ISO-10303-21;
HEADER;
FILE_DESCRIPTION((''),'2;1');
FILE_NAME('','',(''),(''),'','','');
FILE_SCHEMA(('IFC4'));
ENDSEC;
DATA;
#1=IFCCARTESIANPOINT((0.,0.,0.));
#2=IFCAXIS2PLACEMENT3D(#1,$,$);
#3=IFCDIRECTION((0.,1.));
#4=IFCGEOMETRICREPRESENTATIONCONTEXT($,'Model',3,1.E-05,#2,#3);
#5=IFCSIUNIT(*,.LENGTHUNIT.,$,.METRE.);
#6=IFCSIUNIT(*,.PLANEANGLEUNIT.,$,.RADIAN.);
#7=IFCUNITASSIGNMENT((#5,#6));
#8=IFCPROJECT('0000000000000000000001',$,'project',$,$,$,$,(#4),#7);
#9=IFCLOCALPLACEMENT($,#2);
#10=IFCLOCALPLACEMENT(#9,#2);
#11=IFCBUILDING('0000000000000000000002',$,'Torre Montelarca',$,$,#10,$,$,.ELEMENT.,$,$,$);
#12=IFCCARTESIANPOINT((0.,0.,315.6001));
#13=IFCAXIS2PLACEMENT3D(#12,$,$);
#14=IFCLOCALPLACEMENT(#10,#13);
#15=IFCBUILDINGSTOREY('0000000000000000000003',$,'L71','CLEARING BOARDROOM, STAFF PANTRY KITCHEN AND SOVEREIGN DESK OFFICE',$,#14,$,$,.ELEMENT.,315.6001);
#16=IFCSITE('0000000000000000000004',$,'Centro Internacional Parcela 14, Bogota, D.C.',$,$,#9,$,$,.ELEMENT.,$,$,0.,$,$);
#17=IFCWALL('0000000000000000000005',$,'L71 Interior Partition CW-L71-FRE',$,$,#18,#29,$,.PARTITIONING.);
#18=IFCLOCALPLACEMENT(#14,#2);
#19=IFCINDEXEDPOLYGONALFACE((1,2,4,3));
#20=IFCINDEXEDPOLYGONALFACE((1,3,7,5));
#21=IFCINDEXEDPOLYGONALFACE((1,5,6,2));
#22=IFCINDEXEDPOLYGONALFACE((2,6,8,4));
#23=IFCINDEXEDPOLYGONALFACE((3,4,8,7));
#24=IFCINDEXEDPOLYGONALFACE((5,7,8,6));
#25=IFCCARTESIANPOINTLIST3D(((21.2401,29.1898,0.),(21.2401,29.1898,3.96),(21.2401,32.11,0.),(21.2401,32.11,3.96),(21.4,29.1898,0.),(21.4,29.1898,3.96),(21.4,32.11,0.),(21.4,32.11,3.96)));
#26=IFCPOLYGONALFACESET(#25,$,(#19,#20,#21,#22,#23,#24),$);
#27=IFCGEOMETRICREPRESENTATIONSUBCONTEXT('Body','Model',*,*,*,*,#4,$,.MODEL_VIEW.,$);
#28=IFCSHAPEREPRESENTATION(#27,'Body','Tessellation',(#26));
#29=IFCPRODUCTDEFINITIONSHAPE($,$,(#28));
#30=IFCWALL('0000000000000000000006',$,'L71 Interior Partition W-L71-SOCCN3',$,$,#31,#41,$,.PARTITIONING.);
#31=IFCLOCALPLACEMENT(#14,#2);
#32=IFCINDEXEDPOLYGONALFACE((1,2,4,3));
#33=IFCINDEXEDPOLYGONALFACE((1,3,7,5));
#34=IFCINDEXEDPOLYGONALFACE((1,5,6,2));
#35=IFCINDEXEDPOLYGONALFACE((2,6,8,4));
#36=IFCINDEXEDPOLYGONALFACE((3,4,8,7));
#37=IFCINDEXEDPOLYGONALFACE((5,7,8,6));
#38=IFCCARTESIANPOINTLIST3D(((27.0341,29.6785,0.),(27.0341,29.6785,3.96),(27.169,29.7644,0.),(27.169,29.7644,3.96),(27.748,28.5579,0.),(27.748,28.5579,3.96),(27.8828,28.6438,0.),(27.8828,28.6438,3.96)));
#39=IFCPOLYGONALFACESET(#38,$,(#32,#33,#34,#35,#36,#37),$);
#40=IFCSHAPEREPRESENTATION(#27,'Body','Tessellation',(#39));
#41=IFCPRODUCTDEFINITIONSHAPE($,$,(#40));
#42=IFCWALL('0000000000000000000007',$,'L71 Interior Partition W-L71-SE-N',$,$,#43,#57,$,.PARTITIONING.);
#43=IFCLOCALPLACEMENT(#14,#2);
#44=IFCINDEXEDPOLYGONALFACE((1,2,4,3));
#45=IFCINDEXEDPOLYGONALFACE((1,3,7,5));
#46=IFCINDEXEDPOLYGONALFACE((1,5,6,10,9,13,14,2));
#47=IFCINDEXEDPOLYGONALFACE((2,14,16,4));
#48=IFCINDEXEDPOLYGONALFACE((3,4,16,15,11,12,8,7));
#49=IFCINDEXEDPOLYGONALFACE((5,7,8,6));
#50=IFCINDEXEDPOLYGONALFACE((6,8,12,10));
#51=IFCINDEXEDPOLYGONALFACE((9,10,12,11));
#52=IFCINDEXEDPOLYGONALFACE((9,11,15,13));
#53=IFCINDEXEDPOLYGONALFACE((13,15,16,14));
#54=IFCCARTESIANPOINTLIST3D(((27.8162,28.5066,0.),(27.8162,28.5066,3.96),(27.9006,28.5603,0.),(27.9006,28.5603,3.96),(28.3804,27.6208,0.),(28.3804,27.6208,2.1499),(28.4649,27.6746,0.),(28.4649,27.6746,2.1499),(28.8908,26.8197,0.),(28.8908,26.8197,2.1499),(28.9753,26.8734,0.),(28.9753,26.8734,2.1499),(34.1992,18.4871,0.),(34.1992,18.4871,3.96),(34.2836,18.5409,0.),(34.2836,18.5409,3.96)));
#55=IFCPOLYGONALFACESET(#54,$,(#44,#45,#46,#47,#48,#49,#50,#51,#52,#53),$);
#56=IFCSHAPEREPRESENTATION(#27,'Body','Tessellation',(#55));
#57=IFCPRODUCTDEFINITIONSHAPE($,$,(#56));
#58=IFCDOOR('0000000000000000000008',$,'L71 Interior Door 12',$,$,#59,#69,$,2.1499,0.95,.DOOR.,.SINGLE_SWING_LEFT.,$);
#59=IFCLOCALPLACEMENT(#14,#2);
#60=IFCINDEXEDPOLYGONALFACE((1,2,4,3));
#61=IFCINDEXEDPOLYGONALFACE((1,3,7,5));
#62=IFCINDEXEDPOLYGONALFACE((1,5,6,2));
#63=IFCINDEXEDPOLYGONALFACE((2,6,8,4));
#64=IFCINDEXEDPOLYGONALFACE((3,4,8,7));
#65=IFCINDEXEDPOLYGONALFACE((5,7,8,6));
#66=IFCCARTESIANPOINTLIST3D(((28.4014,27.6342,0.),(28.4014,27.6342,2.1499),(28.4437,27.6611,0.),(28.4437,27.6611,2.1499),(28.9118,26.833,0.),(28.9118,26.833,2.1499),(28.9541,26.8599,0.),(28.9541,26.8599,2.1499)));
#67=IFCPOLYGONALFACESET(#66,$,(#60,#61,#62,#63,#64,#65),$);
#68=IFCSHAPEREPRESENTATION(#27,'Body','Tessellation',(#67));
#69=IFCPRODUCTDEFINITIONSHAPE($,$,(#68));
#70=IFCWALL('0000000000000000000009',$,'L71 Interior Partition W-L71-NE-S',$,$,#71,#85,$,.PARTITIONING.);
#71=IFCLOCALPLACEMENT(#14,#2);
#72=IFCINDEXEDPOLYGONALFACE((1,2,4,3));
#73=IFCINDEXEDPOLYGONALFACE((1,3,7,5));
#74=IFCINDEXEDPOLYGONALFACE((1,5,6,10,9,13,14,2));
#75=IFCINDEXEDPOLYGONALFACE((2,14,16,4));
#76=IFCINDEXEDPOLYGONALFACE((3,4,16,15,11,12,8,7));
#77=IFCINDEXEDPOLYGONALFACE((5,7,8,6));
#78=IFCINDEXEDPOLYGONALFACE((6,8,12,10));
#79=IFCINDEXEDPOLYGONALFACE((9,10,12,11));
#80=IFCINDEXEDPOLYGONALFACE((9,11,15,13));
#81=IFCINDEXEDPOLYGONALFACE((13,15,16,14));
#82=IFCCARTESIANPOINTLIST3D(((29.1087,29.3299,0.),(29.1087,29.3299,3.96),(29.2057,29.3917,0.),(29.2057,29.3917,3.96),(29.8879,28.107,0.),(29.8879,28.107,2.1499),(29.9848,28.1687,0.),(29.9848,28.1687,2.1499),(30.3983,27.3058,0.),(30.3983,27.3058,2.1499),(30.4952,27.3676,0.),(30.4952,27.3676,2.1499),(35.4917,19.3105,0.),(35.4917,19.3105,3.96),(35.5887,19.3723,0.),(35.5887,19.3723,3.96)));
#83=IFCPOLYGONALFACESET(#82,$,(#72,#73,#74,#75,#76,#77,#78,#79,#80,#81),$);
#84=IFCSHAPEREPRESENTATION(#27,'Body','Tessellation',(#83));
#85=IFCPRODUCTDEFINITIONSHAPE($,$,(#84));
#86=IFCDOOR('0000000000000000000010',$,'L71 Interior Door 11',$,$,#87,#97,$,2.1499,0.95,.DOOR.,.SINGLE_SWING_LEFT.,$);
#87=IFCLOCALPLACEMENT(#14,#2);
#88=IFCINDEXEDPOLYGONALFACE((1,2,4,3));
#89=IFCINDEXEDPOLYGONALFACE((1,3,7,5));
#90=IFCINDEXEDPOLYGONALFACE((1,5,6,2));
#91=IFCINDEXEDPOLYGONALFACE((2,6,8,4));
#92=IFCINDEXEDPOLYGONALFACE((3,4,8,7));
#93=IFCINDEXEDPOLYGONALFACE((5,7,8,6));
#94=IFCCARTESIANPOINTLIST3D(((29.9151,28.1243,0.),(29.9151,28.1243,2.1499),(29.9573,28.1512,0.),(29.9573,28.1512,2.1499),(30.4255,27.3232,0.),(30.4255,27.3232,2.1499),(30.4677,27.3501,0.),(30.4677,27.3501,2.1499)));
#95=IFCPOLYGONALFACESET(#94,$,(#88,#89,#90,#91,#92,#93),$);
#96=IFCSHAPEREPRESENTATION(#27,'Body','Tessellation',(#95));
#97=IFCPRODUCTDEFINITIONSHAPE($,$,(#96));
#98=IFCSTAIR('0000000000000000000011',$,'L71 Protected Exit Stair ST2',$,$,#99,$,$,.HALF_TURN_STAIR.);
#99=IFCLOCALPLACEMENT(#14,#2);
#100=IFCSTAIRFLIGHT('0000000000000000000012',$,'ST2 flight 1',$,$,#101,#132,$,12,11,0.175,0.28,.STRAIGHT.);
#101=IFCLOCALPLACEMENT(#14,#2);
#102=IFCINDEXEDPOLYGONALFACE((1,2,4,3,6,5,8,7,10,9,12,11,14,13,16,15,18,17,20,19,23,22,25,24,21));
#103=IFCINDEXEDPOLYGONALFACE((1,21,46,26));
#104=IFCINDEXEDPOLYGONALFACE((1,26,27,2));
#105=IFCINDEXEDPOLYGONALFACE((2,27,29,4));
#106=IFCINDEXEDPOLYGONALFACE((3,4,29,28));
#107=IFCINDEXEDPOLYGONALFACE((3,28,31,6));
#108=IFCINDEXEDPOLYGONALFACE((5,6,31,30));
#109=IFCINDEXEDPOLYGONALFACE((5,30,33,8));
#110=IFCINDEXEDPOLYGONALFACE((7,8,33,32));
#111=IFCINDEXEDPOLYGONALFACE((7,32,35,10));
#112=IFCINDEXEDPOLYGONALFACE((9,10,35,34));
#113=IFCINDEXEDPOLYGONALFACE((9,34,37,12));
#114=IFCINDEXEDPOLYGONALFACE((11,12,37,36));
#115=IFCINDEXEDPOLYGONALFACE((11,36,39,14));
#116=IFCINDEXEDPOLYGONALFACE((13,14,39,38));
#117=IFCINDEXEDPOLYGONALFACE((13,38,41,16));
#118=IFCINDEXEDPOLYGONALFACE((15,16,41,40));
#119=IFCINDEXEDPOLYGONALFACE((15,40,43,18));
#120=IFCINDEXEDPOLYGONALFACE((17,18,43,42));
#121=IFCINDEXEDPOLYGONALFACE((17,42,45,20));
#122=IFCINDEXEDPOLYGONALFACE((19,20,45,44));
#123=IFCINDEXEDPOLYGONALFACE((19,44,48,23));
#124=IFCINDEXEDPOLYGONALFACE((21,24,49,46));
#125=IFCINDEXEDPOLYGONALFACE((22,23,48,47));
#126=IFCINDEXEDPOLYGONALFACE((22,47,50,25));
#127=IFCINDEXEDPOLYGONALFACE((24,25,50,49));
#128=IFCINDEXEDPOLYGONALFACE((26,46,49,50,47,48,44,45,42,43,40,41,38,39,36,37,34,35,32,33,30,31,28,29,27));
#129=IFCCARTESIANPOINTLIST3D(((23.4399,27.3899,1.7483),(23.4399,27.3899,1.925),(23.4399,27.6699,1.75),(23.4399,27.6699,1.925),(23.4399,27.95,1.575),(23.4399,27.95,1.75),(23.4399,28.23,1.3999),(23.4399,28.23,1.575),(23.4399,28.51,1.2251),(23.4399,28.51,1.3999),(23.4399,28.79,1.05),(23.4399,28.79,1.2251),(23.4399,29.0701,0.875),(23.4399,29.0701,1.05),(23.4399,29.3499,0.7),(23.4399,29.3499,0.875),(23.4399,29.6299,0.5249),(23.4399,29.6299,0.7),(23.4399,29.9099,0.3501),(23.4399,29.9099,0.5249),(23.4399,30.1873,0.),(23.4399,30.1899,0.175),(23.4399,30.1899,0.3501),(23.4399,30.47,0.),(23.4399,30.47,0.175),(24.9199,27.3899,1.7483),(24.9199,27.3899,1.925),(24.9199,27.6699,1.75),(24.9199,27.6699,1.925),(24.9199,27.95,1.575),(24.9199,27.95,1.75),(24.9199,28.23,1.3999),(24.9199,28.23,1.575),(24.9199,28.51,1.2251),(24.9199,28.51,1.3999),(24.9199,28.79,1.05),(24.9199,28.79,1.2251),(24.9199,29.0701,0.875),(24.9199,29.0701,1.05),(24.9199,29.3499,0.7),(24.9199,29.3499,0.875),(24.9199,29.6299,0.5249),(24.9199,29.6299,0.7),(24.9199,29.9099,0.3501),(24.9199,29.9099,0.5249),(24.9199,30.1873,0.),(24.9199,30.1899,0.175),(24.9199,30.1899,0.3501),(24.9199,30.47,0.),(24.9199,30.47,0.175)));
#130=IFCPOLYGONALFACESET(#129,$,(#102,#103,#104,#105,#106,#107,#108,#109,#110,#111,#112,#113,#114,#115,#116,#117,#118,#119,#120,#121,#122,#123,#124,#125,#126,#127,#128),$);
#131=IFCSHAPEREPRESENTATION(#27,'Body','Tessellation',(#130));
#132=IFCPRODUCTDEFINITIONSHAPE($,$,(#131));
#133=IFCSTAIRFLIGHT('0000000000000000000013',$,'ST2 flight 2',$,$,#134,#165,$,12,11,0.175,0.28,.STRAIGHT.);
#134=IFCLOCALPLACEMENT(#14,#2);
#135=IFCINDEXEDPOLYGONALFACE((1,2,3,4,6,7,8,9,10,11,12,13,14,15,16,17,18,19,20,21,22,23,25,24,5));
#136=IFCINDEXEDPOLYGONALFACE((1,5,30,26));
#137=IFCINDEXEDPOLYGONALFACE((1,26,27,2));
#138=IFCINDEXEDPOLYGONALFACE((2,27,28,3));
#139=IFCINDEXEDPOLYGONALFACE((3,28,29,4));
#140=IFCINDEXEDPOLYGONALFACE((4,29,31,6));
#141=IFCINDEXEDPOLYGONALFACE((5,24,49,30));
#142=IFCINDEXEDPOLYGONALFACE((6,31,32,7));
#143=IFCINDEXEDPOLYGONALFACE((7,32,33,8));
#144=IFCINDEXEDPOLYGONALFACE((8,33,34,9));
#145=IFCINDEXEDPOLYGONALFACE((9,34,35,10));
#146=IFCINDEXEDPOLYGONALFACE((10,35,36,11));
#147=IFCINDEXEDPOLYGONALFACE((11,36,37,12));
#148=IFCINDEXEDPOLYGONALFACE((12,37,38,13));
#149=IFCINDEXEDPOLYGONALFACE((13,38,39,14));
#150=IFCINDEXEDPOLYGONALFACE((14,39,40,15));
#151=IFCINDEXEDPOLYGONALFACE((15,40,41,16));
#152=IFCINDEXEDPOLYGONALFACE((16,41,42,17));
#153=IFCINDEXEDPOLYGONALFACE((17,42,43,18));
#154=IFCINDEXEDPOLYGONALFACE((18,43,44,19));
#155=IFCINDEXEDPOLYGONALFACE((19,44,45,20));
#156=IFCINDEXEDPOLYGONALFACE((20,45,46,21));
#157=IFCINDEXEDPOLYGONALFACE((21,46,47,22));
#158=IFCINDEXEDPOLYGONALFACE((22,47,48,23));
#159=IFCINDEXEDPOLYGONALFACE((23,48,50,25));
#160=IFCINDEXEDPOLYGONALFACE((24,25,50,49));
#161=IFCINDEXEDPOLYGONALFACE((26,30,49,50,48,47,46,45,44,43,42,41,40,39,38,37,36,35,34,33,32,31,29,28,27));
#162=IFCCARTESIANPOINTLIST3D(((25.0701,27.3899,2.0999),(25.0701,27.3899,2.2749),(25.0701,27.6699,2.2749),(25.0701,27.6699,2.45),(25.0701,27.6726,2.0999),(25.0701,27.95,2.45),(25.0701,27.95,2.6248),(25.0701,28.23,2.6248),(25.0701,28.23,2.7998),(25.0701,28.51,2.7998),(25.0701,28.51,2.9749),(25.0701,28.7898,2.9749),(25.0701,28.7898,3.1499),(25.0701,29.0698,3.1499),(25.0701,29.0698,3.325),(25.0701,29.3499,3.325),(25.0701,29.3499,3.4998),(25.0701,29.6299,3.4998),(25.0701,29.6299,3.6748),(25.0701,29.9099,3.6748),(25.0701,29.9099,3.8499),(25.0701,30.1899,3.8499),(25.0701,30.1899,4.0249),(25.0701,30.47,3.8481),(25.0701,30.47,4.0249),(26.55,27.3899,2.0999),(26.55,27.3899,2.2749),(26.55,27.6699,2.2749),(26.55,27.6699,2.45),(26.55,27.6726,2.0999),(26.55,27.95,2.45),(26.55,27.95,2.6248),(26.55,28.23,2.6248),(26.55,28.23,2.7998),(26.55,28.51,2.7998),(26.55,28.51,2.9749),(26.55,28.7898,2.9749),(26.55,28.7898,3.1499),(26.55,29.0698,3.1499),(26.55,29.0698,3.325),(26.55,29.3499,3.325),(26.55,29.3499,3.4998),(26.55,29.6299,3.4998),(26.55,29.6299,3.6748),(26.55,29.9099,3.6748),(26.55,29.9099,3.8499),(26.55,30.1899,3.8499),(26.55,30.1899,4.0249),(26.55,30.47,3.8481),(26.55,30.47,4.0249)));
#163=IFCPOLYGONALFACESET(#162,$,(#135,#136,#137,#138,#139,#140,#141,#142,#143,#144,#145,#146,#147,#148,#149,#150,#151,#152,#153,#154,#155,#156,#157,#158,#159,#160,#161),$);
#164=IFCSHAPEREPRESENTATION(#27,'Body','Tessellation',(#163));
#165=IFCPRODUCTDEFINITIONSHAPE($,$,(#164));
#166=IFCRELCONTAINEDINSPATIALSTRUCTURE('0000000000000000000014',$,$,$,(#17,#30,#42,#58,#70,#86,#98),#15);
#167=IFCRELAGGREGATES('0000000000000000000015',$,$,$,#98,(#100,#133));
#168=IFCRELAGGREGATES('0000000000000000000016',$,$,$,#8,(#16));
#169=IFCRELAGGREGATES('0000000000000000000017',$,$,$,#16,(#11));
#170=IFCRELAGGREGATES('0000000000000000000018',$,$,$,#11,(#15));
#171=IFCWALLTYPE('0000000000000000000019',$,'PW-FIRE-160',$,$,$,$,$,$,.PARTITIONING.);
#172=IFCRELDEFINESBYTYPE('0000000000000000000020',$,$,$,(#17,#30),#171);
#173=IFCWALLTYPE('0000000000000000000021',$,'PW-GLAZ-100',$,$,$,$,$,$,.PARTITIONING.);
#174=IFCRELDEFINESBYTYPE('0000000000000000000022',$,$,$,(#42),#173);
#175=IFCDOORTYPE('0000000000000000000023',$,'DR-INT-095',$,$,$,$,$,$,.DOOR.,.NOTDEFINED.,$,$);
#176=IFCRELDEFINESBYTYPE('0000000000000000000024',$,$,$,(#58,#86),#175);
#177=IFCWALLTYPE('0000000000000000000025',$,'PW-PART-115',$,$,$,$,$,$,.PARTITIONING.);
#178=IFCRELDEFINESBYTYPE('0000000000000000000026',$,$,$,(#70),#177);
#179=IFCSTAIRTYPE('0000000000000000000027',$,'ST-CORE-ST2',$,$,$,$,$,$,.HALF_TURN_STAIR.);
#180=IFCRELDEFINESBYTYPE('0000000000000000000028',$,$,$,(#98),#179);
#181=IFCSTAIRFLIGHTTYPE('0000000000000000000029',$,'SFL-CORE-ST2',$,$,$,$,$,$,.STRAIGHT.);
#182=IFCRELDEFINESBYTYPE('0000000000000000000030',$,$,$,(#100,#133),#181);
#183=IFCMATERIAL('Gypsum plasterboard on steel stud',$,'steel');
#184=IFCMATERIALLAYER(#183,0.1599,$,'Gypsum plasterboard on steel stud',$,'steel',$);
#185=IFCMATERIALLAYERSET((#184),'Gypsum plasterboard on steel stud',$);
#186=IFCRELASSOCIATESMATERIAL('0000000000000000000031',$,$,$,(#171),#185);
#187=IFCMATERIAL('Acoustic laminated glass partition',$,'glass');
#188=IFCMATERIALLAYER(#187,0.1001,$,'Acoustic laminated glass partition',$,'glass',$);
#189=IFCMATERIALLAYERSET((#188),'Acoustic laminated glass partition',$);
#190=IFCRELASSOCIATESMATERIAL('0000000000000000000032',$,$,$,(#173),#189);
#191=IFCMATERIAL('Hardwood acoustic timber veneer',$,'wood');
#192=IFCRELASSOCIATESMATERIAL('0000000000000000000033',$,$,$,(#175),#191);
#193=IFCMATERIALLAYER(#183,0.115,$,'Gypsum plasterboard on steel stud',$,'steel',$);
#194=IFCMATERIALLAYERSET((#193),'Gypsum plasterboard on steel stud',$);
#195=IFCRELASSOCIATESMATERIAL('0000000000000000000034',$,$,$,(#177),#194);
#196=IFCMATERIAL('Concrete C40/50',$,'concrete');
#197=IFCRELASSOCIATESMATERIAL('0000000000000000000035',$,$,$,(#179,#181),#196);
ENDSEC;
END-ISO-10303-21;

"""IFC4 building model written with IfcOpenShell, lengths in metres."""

from ifc_helpers import new_model, si_unit, direction, frame, frame_2d, origin, place, context, subcontext, project, spatial, polyline, rectangle, outline, extrude, source, transform, mapped, material, layer, layer_set, type_object, element, fill, aggregate, save


model = new_model("IFC4")

# Units and contexts
model_context = context("Model", 3, precision=1e-05, world=origin(), true_north=direction((0.0, 1.0)))
body_context = subcontext(model_context, "Body", "Model", "MODEL_VIEW")
ifc_project = project(units=[si_unit("LENGTHUNIT", "METRE"), si_unit("PLANEANGLEUNIT", "RADIAN")], contexts=[model_context])

# Site, building, storey
site_placement = place(None, origin())
site = spatial("IfcSite", under=ifc_project, at=site_placement, Name="Centro Internacional Parcela 14, Bogota, D.C.", CompositionType="ELEMENT", RefElevation=0.0)
building_placement = place(site_placement, origin())
building = spatial("IfcBuilding", under=site, at=building_placement, Name="Torre Montelarca", CompositionType="ELEMENT")
storey_placement = place(building_placement, frame((0.0, 0.0, 315.6001)))
storey = spatial("IfcBuildingStorey", under=building, at=storey_placement, Name="L71", Description="CLEARING BOARDROOM, STAFF PANTRY KITCHEN AND SOVEREIGN DESK OFFICE", CompositionType="ELEMENT", Elevation=315.6001)

# Shared definitions
ifc_material_1 = material(Name="Concrete C40/50", Category="concrete")

# Walls
ifc_material_2 = material(Name="Gypsum plasterboard on steel stud", Category="steel")
ifc_layer_1 = layer(ifc_material_2, 0.1599, Name="Gypsum plasterboard on steel stud", Category="steel")
ifc_layer_set_1 = layer_set([ifc_layer_1], Name="Gypsum plasterboard on steel stud")
wall_type_1 = type_object("IfcWallType", Name="PW-FIRE-160", PredefinedType="PARTITIONING", material=ifc_layer_set_1)
wall_1_placement = place(storey_placement, frame((21.3201, 29.1899, 0.0), z_axis=(0.0, 0.0, 1.0), x_axis=(0.0, 1.0, 0.0)))
element("IfcWall", 1, at=wall_1_placement, inside=storey, type_object=wall_type_1, Name="L71 Interior Partition CW-L71-FRE", PredefinedType="PARTITIONING", context=body_context, shape_type="SweptSolid", body=[
    extrude(rectangle(XDim=2.9202, YDim=0.1599, at=frame_2d((1.46, 0.0))), origin(), (0.0, 0.0, 1.0), 3.96),
])
wall_2_placement = place(storey_placement, frame((27.1016, 29.7214, 0.0), z_axis=(0.0, 0.0, 1.0), x_axis=(0.53728, -0.843404, 0.0)))
element("IfcWall", 2, at=wall_2_placement, inside=storey, type_object=wall_type_1, Name="L71 Interior Partition W-L71-SOCCN3", PredefinedType="PARTITIONING", context=body_context, shape_type="SweptSolid", body=[
    extrude(rectangle(XDim=1.3286, YDim=0.1599, at=frame_2d((0.6643, 0.0))), origin(), (0.0, 0.0, 1.0), 3.96),
])

# Walls, openings, doors
ifc_material_3 = material(Name="Acoustic laminated glass partition", Category="glass")
ifc_layer_2 = layer(ifc_material_3, 0.1001, Name="Acoustic laminated glass partition", Category="glass")
ifc_layer_set_2 = layer_set([ifc_layer_2], Name="Acoustic laminated glass partition")
wall_type_2 = type_object("IfcWallType", Name="PW-GLAZ-100", PredefinedType="PARTITIONING", material=ifc_layer_set_2)
wall_3_placement = place(storey_placement, frame((27.8584, 28.5334, 0.0), z_axis=(0.0, 0.0, 1.0), x_axis=(0.537294, -0.843395, 0.0)))
wall_3 = element("IfcWall", 3, at=wall_3_placement, inside=storey, type_object=wall_type_2, Name="L71 Interior Partition W-L71-SE-N", PredefinedType="PARTITIONING", context=body_context, shape_type="SweptSolid", body=[
    extrude(rectangle(XDim=11.8799, YDim=0.1001, at=frame_2d((5.9399, 0.0))), origin(), (0.0, 0.0, 1.0), 3.96),
])
opening_1_placement = place(wall_3_placement, frame((1.05, 0.0, 0.0)))
opening_1 = element("IfcOpeningElement", 4, at=opening_1_placement, cuts=wall_3, PredefinedType="OPENING", context=body_context, shape_type="SweptSolid", body=[
    extrude(rectangle(XDim=0.95, YDim=2.1499, at=frame_2d((0.4751, 1.075))), frame((0.0, 0.0601, 0.0), z_axis=(0.0, -1.0, 0.0), x_axis=(1.0, 0.0, 0.0)), (0.0, 0.0, 1.0), 0.1201),
])
ifc_material_4 = material(Name="Hardwood acoustic timber veneer", Category="wood")
door_type_1 = type_object("IfcDoorType", Name="DR-INT-095", OperationType="NOTDEFINED", PredefinedType="DOOR", material=ifc_material_4)
shared_shape_1 = source(origin(), body_context, "Body", "SweptSolid", [
    extrude(rectangle(XDim=0.95, YDim=2.1499, at=frame_2d((0.4751, 1.075))), frame((0.0, 0.0249, 0.0), z_axis=(0.0, -1.0, 0.0), x_axis=(1.0, 0.0, 0.0)), (0.0, 0.0, 1.0), 0.05),
])
door_1_placement = place(opening_1_placement, origin())
door_1 = element("IfcDoor", 5, at=door_1_placement, inside=storey, type_object=door_type_1, Name="L71 Interior Door 12", OperationType="SINGLE_SWING_LEFT", OverallHeight=2.1499, OverallWidth=0.95, PredefinedType="DOOR", context=body_context, shape_type="MappedRepresentation", body=[
    mapped(shared_shape_1, transform((0.0, 0.0, 0.0), scale=1.0)),
])
fill(opening_1, door_1)
ifc_layer_3 = layer(ifc_material_2, 0.115, Name="Gypsum plasterboard on steel stud", Category="steel")
ifc_layer_set_3 = layer_set([ifc_layer_3], Name="Gypsum plasterboard on steel stud")
wall_type_3 = type_object("IfcWallType", Name="PW-PART-115", PredefinedType="PARTITIONING", material=ifc_layer_set_3)
wall_4_placement = place(storey_placement, frame((29.1572, 29.3608, 0.0), z_axis=(0.0, 0.0, 1.0), x_axis=(0.537294, -0.843395, 0.0)))
wall_4 = element("IfcWall", 6, at=wall_4_placement, inside=storey, type_object=wall_type_3, Name="L71 Interior Partition W-L71-NE-S", PredefinedType="PARTITIONING", context=body_context, shape_type="SweptSolid", body=[
    extrude(rectangle(XDim=11.8799, YDim=0.115, at=frame_2d((5.9399, 0.0))), origin(), (0.0, 0.0, 1.0), 3.96),
])
opening_2_placement = place(wall_4_placement, frame((1.45, 0.0, 0.0)))
opening_2 = element("IfcOpeningElement", 7, at=opening_2_placement, cuts=wall_4, PredefinedType="OPENING", context=body_context, shape_type="SweptSolid", body=[
    extrude(rectangle(XDim=0.95, YDim=2.1499, at=frame_2d((0.4751, 1.075))), frame((0.0, 0.0674, 0.0), z_axis=(0.0, -1.0, 0.0), x_axis=(1.0, 0.0, 0.0)), (0.0, 0.0, 1.0), 0.135),
])
door_2_placement = place(opening_2_placement, origin())
door_2 = element("IfcDoor", 8, at=door_2_placement, inside=storey, type_object=door_type_1, Name="L71 Interior Door 11", OperationType="SINGLE_SWING_LEFT", OverallHeight=2.1499, OverallWidth=0.95, PredefinedType="DOOR", context=body_context, shape_type="MappedRepresentation", body=[
    mapped(shared_shape_1, transform((0.0, 0.0, 0.0), scale=1.0)),
])
fill(opening_2, door_2)

# Stair, stair flights
stair_type = type_object("IfcStairType", Name="ST-CORE-ST2", PredefinedType="HALF_TURN_STAIR", material=ifc_material_1)
stair_placement = place(storey_placement, origin())
stair = element("IfcStair", 9, at=stair_placement, inside=storey, type_object=stair_type, Name="L71 Protected Exit Stair ST2", PredefinedType="HALF_TURN_STAIR")
stair_flight_type = type_object("IfcStairFlightType", Name="SFL-CORE-ST2", PredefinedType="STRAIGHT", material=ifc_material_1)
stair_flight_1_placement = place(storey_placement, frame((24.1799, 30.47, 0.0), z_axis=(0.0, 0.0, 1.0), x_axis=(0.0, -1.0, 0.0)))
stair_flight_1 = element("IfcStairFlight", 10, at=stair_flight_1_placement, type_object=stair_flight_type, Name="ST2 flight 1", NumberOfRisers=12, NumberOfTreads=11, PredefinedType="STRAIGHT", RiserHeight=0.175, TreadLength=0.28, context=body_context, shape_type="SweptSolid", body=[
    extrude(outline(polyline([(0.0, 0.0), (0.0, 0.175), (0.28, 0.175), (0.28, 0.3501), (0.5601, 0.3501), (0.5601, 0.5249), (0.8401, 0.5249), (0.8401, 0.7), (1.1201, 0.7), (1.1201, 0.875), (1.3999, 0.875), (1.3999, 1.05), (1.6799, 1.05), (1.6799, 1.2251), (1.96, 1.2251), (1.96, 1.3999), (2.24, 1.3999), (2.24, 1.575), (2.52, 1.575), (2.52, 1.75), (2.8, 1.75), (2.8, 1.925), (3.0801, 1.925), (3.0801, 2.1001), (3.0801, 1.7483), (0.2827, 0.0), (0.0, 0.0)])), frame((0.0, 0.74, 0.0), z_axis=(0.0, -1.0, 0.0), x_axis=(1.0, 0.0, 0.0)), (0.0, 0.0, 1.0), 1.48),
])
stair_flight_2_placement = place(storey_placement, frame((25.8101, 27.3899, 2.0999), z_axis=(0.0, 0.0, 1.0), x_axis=(0.0, 1.0, 0.0)))
stair_flight_2 = element("IfcStairFlight", 11, at=stair_flight_2_placement, type_object=stair_flight_type, Name="ST2 flight 2", NumberOfRisers=12, NumberOfTreads=11, PredefinedType="STRAIGHT", RiserHeight=0.175, TreadLength=0.28, context=body_context, shape_type="SweptSolid", body=[
    extrude(outline(polyline([(0.0, 0.0), (0.0, 0.175), (0.28, 0.175), (0.28, 0.3501), (0.5601, 0.3501), (0.5601, 0.5249), (0.8401, 0.5249), (0.8401, 0.7), (1.1201, 0.7), (1.1201, 0.875), (1.3999, 0.875), (1.3999, 1.05), (1.6799, 1.05), (1.6799, 1.2251), (1.96, 1.2251), (1.96, 1.3999), (2.24, 1.3999), (2.24, 1.575), (2.52, 1.575), (2.52, 1.75), (2.8, 1.75), (2.8, 1.925), (3.0801, 1.925), (3.0801, 2.1001), (3.0801, 1.7483), (0.2827, 0.0), (0.0, 0.0)])), frame((0.0, 0.74, 0.0), z_axis=(0.0, -1.0, 0.0), x_axis=(1.0, 0.0, 0.0)), (0.0, 0.0, 1.0), 1.48),
])
aggregate(stair, [stair_flight_1, stair_flight_2])

save(model, "model.ifc")
